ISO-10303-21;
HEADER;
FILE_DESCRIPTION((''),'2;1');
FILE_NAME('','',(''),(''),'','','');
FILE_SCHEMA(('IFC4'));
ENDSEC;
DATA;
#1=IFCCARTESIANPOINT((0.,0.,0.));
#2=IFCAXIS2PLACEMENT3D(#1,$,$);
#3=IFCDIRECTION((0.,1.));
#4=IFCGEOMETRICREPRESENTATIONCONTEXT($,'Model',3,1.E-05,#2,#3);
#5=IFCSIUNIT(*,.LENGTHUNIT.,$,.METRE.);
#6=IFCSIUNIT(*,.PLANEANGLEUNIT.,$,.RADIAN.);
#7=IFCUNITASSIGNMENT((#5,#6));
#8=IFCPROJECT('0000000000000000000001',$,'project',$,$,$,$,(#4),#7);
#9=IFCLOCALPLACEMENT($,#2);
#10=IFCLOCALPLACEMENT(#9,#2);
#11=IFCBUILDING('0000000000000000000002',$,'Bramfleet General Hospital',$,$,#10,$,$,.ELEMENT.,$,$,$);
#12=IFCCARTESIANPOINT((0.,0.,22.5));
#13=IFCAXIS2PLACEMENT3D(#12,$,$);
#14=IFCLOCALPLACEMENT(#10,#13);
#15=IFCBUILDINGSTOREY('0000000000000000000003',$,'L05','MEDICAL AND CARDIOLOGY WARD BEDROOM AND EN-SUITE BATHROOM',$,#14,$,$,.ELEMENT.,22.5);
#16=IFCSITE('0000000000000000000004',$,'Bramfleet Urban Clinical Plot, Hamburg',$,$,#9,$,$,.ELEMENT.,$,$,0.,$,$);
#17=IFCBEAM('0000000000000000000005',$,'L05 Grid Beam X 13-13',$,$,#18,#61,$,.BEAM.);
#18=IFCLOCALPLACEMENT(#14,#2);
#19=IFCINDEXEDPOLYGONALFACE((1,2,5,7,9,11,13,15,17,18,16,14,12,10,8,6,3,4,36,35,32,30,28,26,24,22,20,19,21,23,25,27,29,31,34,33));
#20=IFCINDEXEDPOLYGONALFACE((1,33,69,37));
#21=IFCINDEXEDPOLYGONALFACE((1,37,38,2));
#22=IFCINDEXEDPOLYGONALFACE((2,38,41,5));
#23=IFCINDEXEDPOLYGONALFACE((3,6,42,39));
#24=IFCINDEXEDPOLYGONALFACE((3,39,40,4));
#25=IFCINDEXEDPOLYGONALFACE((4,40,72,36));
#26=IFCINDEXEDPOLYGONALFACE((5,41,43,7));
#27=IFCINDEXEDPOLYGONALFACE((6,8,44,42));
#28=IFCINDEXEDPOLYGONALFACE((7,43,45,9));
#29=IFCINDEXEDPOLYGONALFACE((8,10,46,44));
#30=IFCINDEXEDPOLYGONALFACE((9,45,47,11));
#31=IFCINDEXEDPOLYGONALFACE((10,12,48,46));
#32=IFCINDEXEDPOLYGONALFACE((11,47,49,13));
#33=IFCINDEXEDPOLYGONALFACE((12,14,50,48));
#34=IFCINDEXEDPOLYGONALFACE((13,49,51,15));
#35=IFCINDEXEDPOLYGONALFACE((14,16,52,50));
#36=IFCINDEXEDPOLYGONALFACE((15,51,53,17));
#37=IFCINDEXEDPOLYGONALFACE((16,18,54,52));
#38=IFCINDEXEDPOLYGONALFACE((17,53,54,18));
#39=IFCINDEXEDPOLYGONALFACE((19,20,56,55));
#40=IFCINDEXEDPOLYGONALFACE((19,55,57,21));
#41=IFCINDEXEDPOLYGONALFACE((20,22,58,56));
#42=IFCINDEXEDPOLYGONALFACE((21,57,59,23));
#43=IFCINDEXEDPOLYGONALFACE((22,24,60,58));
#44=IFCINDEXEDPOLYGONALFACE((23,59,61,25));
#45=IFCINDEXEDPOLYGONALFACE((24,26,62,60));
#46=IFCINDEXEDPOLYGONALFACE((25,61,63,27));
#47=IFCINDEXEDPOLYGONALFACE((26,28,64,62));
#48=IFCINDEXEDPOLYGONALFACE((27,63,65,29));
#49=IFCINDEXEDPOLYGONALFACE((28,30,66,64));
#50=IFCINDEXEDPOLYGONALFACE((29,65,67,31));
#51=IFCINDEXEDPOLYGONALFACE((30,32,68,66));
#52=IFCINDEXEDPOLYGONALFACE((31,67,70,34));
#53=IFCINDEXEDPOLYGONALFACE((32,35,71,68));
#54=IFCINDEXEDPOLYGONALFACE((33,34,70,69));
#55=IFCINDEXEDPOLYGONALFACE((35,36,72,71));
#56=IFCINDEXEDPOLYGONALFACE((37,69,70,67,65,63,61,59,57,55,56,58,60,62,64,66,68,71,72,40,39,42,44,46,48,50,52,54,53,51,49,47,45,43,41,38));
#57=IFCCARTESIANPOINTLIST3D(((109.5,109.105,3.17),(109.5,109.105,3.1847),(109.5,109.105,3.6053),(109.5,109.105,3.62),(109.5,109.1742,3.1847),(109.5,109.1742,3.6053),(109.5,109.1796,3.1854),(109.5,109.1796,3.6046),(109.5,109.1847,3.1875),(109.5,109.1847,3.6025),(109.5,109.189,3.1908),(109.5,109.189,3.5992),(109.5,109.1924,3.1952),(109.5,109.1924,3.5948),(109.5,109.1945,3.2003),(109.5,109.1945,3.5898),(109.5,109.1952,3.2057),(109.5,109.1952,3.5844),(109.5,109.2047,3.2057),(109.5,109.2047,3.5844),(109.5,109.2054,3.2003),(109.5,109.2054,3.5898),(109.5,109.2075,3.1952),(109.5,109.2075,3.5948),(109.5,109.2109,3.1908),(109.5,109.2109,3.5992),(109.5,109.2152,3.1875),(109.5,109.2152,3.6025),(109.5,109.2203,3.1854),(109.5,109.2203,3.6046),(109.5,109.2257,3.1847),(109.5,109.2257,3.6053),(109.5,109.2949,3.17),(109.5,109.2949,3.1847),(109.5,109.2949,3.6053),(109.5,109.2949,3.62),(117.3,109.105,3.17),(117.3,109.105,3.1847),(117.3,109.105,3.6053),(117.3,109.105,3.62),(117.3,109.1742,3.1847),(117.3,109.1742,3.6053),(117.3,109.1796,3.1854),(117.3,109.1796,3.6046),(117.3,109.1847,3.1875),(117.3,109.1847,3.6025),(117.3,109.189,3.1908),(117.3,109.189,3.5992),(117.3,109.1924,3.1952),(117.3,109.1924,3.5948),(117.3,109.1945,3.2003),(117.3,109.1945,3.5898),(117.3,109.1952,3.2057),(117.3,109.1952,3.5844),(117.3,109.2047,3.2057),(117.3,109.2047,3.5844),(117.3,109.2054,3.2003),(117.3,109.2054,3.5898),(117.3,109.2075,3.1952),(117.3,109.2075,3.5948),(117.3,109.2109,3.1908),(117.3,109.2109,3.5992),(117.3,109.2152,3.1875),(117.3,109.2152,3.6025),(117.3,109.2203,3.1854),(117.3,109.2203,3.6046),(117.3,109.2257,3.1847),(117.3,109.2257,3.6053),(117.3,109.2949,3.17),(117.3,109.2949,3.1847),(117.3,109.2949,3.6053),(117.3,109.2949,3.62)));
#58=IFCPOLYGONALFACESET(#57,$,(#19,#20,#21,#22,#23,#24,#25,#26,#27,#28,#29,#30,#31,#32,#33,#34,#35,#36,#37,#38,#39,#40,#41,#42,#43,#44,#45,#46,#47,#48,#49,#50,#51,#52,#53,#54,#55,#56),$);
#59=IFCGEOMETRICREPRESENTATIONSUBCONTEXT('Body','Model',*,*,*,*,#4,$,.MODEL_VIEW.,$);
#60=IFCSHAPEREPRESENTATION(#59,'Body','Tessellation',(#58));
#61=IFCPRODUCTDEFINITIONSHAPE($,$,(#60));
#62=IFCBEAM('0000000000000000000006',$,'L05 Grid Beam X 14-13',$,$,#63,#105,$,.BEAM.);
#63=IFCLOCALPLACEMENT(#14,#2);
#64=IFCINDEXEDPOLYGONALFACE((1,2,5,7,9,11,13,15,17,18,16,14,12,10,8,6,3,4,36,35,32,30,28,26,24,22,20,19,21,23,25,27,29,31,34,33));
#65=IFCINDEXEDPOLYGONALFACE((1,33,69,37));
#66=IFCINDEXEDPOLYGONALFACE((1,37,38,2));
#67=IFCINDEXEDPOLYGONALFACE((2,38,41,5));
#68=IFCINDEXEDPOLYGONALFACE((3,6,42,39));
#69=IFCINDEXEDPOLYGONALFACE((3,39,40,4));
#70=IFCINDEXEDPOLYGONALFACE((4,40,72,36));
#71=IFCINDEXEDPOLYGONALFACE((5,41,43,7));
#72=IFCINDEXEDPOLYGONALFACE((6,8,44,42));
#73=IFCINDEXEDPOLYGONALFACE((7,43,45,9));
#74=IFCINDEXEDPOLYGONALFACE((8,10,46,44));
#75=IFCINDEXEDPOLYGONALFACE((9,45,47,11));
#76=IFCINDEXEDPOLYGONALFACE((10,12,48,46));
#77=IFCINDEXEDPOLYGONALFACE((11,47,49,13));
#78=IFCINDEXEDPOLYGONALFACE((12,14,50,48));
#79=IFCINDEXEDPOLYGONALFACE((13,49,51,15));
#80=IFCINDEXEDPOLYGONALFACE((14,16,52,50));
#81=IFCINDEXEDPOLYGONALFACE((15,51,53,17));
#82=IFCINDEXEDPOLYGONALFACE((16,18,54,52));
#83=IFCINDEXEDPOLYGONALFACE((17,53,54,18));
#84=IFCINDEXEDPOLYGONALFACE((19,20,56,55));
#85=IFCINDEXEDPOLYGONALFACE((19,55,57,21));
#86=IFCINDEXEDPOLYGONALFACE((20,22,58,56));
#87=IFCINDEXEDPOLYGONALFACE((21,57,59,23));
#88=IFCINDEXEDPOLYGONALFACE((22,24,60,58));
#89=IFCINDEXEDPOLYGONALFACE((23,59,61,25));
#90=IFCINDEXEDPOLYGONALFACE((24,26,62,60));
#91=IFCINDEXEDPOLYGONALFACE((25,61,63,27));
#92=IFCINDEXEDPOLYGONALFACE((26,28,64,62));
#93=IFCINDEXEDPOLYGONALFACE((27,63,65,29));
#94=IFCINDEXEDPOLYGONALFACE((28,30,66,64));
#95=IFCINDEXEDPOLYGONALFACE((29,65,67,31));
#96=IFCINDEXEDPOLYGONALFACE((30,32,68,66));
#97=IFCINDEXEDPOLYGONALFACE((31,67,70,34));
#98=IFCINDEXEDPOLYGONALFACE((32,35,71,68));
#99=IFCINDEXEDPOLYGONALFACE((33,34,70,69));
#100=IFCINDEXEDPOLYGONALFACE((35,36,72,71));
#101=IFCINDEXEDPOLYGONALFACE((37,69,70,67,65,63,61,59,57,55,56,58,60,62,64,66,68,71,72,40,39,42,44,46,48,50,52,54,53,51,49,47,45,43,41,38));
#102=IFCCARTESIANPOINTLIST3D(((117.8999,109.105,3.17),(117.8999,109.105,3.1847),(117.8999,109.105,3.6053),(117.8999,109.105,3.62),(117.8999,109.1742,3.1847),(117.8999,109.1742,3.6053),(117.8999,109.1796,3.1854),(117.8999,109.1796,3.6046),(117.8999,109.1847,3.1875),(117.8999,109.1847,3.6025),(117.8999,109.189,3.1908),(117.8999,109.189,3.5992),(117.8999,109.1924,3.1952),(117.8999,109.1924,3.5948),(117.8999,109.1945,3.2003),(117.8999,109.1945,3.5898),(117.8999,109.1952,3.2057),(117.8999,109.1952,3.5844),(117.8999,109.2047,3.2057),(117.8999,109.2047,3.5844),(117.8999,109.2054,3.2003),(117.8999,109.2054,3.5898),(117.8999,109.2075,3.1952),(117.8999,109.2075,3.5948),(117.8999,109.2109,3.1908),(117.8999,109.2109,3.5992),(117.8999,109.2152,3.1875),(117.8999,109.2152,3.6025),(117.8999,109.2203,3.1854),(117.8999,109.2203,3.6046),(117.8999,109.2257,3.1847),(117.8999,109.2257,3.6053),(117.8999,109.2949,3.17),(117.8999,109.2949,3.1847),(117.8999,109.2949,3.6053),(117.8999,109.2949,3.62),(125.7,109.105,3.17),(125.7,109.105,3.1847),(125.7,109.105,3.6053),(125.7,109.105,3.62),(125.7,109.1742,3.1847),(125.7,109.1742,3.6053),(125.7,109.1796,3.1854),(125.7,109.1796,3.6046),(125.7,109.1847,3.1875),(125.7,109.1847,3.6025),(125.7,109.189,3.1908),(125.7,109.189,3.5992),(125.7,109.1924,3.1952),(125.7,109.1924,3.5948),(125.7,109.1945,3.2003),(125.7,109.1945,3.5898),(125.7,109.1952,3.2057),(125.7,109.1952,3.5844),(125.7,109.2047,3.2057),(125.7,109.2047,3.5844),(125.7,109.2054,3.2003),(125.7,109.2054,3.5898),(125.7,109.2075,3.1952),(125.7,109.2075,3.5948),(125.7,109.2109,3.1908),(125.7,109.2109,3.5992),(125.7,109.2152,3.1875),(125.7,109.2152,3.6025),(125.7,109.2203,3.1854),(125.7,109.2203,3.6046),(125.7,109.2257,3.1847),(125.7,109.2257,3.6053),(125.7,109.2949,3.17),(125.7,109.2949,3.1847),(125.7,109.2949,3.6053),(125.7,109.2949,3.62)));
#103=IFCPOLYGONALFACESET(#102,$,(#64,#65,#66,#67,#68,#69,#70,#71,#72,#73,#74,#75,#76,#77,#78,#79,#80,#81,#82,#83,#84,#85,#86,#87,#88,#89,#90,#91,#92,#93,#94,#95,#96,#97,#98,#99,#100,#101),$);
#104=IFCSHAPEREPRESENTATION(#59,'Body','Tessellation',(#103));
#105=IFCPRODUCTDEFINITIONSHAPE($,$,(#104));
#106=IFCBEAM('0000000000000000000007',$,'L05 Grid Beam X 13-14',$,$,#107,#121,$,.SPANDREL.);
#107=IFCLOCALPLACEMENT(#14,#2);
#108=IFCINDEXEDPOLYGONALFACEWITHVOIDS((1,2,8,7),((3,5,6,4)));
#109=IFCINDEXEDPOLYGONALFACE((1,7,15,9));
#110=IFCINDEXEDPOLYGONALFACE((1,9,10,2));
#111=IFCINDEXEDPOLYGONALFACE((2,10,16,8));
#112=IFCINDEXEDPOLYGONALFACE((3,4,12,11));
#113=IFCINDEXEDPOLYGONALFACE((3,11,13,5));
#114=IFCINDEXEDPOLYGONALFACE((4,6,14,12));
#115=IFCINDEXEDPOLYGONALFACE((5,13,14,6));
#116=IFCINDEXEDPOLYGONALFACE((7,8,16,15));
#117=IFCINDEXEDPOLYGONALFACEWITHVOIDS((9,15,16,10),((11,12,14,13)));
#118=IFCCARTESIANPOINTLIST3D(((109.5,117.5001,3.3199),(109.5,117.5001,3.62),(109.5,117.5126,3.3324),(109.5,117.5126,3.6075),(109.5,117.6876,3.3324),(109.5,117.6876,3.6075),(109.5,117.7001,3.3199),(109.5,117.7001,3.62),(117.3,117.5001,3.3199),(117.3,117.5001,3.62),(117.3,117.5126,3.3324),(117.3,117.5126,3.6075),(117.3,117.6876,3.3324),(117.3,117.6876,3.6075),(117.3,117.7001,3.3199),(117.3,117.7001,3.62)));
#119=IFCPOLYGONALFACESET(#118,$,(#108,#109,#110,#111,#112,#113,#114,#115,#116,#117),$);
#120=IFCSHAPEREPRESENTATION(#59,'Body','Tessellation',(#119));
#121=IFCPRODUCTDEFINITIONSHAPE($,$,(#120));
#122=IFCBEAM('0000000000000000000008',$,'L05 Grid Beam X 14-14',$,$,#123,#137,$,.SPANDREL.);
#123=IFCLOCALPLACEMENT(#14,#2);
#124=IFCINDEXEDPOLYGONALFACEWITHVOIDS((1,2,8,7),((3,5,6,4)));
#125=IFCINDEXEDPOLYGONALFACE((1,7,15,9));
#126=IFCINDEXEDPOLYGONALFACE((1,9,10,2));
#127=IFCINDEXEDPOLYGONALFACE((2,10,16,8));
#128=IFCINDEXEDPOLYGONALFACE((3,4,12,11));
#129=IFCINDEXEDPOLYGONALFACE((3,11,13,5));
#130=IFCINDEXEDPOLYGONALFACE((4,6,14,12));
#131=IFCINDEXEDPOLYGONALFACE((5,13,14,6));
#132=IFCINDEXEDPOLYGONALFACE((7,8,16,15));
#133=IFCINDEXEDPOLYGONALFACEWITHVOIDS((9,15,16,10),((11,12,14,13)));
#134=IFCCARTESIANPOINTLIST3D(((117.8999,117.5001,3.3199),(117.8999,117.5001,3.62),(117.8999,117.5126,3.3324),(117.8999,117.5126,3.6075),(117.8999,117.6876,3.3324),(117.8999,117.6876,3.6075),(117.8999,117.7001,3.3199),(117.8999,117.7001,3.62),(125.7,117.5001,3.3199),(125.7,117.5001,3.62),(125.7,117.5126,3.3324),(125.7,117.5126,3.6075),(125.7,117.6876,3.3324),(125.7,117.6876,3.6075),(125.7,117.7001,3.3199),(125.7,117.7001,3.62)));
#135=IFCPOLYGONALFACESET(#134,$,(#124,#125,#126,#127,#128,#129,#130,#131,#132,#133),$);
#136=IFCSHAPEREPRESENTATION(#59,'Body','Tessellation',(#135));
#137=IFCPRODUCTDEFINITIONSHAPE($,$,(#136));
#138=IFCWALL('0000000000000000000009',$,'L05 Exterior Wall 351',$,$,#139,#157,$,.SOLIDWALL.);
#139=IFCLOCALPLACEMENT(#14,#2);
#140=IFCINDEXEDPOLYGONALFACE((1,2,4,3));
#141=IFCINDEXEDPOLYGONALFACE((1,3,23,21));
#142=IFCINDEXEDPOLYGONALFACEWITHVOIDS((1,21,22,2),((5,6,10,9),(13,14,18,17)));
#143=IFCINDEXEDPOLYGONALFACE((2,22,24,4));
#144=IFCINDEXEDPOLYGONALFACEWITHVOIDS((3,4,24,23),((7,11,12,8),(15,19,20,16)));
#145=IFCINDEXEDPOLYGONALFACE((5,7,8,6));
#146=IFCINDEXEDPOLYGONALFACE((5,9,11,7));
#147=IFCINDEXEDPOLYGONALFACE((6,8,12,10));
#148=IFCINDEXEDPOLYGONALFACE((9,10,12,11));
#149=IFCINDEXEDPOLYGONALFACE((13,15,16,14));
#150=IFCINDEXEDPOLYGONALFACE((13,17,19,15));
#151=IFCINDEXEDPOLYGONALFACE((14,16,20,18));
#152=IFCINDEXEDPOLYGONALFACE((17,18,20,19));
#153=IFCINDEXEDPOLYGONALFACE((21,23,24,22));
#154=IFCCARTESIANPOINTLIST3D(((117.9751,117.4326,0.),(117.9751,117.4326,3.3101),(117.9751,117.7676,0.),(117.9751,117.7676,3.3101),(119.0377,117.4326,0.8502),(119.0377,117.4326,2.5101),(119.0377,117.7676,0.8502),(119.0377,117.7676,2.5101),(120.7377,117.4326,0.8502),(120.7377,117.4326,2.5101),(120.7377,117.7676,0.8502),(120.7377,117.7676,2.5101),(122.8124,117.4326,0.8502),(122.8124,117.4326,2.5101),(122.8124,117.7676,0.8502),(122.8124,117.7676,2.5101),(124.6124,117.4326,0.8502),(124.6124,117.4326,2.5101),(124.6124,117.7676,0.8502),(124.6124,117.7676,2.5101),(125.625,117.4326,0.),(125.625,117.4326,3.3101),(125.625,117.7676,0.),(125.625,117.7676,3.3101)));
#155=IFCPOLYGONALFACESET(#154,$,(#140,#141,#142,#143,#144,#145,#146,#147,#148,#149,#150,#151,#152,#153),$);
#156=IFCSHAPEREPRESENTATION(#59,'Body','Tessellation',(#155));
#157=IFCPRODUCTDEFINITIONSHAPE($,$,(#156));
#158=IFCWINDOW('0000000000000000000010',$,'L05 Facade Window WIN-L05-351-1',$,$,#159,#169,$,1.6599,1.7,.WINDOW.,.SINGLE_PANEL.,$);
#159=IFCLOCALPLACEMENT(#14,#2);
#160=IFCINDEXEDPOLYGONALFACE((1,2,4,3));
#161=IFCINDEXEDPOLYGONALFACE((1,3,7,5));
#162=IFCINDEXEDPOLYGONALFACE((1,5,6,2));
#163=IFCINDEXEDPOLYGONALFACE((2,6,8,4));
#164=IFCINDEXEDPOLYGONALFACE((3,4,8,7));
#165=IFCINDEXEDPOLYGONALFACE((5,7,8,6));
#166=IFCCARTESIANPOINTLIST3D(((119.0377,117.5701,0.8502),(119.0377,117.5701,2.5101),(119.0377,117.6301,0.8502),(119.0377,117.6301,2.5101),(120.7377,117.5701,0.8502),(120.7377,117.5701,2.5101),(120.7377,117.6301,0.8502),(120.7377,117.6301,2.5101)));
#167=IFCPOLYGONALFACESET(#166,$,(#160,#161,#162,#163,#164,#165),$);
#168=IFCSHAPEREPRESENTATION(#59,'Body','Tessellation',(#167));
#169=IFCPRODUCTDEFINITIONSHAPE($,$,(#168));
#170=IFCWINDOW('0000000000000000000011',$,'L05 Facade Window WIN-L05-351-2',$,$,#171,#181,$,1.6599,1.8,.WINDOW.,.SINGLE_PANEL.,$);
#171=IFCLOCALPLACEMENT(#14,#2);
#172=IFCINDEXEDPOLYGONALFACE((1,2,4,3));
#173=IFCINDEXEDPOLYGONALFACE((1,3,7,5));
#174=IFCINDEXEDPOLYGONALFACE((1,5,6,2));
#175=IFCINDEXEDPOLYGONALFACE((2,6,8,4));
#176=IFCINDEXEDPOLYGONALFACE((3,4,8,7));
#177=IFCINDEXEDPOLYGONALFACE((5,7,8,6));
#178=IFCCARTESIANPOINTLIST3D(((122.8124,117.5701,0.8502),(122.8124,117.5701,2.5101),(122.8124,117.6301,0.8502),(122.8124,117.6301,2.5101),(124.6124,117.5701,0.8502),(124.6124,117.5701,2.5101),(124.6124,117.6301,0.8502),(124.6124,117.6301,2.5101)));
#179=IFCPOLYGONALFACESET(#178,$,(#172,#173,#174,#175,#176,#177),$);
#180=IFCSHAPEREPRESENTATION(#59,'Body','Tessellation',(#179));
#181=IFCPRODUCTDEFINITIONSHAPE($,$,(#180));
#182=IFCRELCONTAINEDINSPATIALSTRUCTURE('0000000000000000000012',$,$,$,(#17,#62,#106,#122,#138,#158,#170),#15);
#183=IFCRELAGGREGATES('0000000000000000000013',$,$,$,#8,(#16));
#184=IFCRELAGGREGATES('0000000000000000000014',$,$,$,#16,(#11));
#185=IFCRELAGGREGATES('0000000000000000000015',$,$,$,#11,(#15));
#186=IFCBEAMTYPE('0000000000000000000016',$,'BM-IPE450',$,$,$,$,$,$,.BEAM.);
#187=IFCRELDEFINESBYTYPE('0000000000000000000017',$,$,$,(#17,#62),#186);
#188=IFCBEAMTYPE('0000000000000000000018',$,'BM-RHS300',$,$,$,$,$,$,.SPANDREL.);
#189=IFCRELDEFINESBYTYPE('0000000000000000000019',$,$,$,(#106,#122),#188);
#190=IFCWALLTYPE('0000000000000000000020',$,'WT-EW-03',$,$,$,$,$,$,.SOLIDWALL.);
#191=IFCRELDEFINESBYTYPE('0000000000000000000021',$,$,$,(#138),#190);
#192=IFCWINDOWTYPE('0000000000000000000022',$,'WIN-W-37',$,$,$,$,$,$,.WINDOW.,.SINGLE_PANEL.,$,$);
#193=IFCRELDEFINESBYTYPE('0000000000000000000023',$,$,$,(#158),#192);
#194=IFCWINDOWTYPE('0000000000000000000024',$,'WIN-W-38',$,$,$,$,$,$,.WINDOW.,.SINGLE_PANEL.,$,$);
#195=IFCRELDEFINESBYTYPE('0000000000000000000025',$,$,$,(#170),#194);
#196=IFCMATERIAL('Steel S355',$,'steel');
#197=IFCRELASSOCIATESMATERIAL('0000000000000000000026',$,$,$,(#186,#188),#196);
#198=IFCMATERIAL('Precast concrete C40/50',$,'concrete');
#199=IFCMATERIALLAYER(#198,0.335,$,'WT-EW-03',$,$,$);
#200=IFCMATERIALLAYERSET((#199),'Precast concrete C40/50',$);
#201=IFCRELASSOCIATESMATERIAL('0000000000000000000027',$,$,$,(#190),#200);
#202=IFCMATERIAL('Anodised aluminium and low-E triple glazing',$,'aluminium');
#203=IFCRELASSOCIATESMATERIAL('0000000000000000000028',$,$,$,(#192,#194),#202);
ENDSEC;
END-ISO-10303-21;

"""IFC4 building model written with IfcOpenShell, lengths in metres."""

from ifc_helpers import new_model, si_unit, direction, frame, frame_2d, origin, origin_2d, place, context, subcontext, project, spatial, rectangle, hollow_rectangle, i_section, extrude, material, layer, layer_set, material_profile, profile_set, type_object, element, fill, save


model = new_model("IFC4")

# Units and contexts
model_context = context("Model", 3, precision=1e-05, world=origin(), true_north=direction((0.0, 1.0)))
body_context = subcontext(model_context, "Body", "Model", "MODEL_VIEW")
ifc_project = project(units=[si_unit("LENGTHUNIT", "METRE"), si_unit("PLANEANGLEUNIT", "RADIAN")], contexts=[model_context])

# Site, building, storey
site_placement = place(None, origin())
site = spatial("IfcSite", under=ifc_project, at=site_placement, Name="Bramfleet Urban Clinical Plot, Hamburg", CompositionType="ELEMENT", RefElevation=0.0)
building_placement = place(site_placement, origin())
building = spatial("IfcBuilding", under=site, at=building_placement, Name="Bramfleet General Hospital", CompositionType="ELEMENT")
storey_placement = place(building_placement, frame((0.0, 0.0, 22.5)))
storey = spatial("IfcBuildingStorey", under=building, at=storey_placement, Name="L05", Description="MEDICAL AND CARDIOLOGY WARD BEDROOM AND EN-SUITE BATHROOM", CompositionType="ELEMENT", Elevation=22.5)

# Beams
ifc_material_1 = material(Name="Steel S355", Category="steel")
ifc_material_profile_1 = material_profile(ifc_material_1, i_section(OverallWidth=0.1899, OverallDepth=0.45, WebThickness=0.0095, FlangeThickness=0.0146, FilletRadius=0.021, at=origin_2d()), Name="IPE 450")
ifc_profile_set_1 = profile_set([ifc_material_profile_1], Name="Steel S355")
beam_type_1 = type_object("IfcBeamType", Name="BM-IPE450", PredefinedType="BEAM", material=ifc_profile_set_1)
for number, where, z_axis, x_axis, name in (
    (1, (109.5, 109.2, 3.395), (1.0, 0.0, 0.0), (0.0, 1.0, 0.0), "L05 Grid Beam X 13-13"),
    (2, (117.8999, 109.2, 3.395), (1.0, 0.0, 0.0), (0.0, 1.0, 0.0), "L05 Grid Beam X 14-13"),
):
    element("IfcBeam", number, at=place(storey_placement, frame(where, z_axis=z_axis, x_axis=x_axis)), inside=storey, type_object=beam_type_1, Name=name, PredefinedType="BEAM", context=body_context, shape_type="SweptSolid", body=[
        extrude(i_section(OverallWidth=0.1899, OverallDepth=0.45, WebThickness=0.0095, FlangeThickness=0.0146, FilletRadius=0.021, at=origin_2d()), origin(), (0.0, 0.0, 1.0), 7.8),
    ])
ifc_material_profile_2 = material_profile(ifc_material_1, hollow_rectangle(XDim=0.2, YDim=0.3, WallThickness=0.0125, at=origin_2d()), Name="RHS 300x200x12.5")
ifc_profile_set_2 = profile_set([ifc_material_profile_2], Name="Steel S355")
beam_type_2 = type_object("IfcBeamType", Name="BM-RHS300", PredefinedType="SPANDREL", material=ifc_profile_set_2)
for number, where, z_axis, x_axis, name in (
    (3, (109.5, 117.6001, 3.47), (1.0, 0.0, 0.0), (0.0, 1.0, 0.0), "L05 Grid Beam X 13-14"),
    (4, (117.8999, 117.6001, 3.47), (1.0, 0.0, 0.0), (0.0, 1.0, 0.0), "L05 Grid Beam X 14-14"),
):
    element("IfcBeam", number, at=place(storey_placement, frame(where, z_axis=z_axis, x_axis=x_axis)), inside=storey, type_object=beam_type_2, Name=name, PredefinedType="SPANDREL", context=body_context, shape_type="SweptSolid", body=[
        extrude(hollow_rectangle(XDim=0.2, YDim=0.3, WallThickness=0.0125, at=origin_2d()), origin(), (0.0, 0.0, 1.0), 7.8),
    ])

# Wall, openings, windows
ifc_material_2 = material(Name="Precast concrete C40/50", Category="concrete")
ifc_layer_1 = layer(ifc_material_2, 0.335, Name="WT-EW-03")
ifc_layer_set_1 = layer_set([ifc_layer_1], Name="Precast concrete C40/50")
wall_type_1 = type_object("IfcWallType", Name="WT-EW-03", PredefinedType="SOLIDWALL", material=ifc_layer_set_1)
wall_1_placement = place(storey_placement, frame((117.9751, 117.6001, 0.0), z_axis=(0.0, 0.0, 1.0), x_axis=(1.0, 0.0, 0.0)))
wall_1 = element("IfcWall", 5, at=wall_1_placement, inside=storey, type_object=wall_type_1, Name="L05 Exterior Wall 351", PredefinedType="SOLIDWALL", context=body_context, shape_type="SweptSolid", body=[
    extrude(rectangle(XDim=7.6499, YDim=0.335, at=frame_2d((3.825, 0.0))), origin(), (0.0, 0.0, 1.0), 3.3101),
])
opening_1_placement = place(wall_1_placement, frame((1.0625, 0.0, 0.8501)))
opening_1 = element("IfcOpeningElement", 6, at=opening_1_placement, cuts=wall_1, PredefinedType="OPENING", context=body_context, shape_type="SweptSolid", body=[
    extrude(rectangle(XDim=1.7, YDim=1.6599, at=frame_2d((0.8501, 0.8301))), frame((0.0, 0.1775, 0.0), z_axis=(0.0, -1.0, 0.0), x_axis=(1.0, 0.0, 0.0)), (0.0, 0.0, 1.0), 0.355),
])
opening_2_placement = place(wall_1_placement, frame((4.8374, 0.0, 0.8501)))
opening_2 = element("IfcOpeningElement", 7, at=opening_2_placement, cuts=wall_1, PredefinedType="OPENING", context=body_context, shape_type="SweptSolid", body=[
    extrude(rectangle(XDim=1.8, YDim=1.6599, at=frame_2d((0.8999, 0.8301))), frame((0.0, 0.1775, 0.0), z_axis=(0.0, -1.0, 0.0), x_axis=(1.0, 0.0, 0.0)), (0.0, 0.0, 1.0), 0.355),
])
ifc_material_3 = material(Name="Anodised aluminium and low-E triple glazing", Category="aluminium")
window_type_1 = type_object("IfcWindowType", Name="WIN-W-37", PartitioningType="SINGLE_PANEL", PredefinedType="WINDOW", material=ifc_material_3)
window_1_placement = place(opening_1_placement, origin())
window_1 = element("IfcWindow", 8, at=window_1_placement, inside=storey, type_object=window_type_1, Name="L05 Facade Window WIN-L05-351-1", OverallHeight=1.6599, OverallWidth=1.7, PartitioningType="SINGLE_PANEL", PredefinedType="WINDOW", context=body_context, shape_type="SweptSolid", body=[
    extrude(rectangle(XDim=1.7, YDim=1.6599, at=frame_2d((0.8501, 0.8301))), frame((0.0, 0.03, 0.0), z_axis=(0.0, -1.0, 0.0), x_axis=(1.0, 0.0, 0.0)), (0.0, 0.0, 1.0), 0.0601),
])
fill(opening_1, window_1)
window_type_2 = type_object("IfcWindowType", Name="WIN-W-38", PartitioningType="SINGLE_PANEL", PredefinedType="WINDOW", material=ifc_material_3)
window_2_placement = place(opening_2_placement, origin())
window_2 = element("IfcWindow", 9, at=window_2_placement, inside=storey, type_object=window_type_2, Name="L05 Facade Window WIN-L05-351-2", OverallHeight=1.6599, OverallWidth=1.8, PartitioningType="SINGLE_PANEL", PredefinedType="WINDOW", context=body_context, shape_type="SweptSolid", body=[
    extrude(rectangle(XDim=1.8, YDim=1.6599, at=frame_2d((0.8999, 0.8301))), frame((0.0, 0.03, 0.0), z_axis=(0.0, -1.0, 0.0), x_axis=(1.0, 0.0, 0.0)), (0.0, 0.0, 1.0), 0.0601),
])
fill(opening_2, window_2)

save(model, "model.ifc")
